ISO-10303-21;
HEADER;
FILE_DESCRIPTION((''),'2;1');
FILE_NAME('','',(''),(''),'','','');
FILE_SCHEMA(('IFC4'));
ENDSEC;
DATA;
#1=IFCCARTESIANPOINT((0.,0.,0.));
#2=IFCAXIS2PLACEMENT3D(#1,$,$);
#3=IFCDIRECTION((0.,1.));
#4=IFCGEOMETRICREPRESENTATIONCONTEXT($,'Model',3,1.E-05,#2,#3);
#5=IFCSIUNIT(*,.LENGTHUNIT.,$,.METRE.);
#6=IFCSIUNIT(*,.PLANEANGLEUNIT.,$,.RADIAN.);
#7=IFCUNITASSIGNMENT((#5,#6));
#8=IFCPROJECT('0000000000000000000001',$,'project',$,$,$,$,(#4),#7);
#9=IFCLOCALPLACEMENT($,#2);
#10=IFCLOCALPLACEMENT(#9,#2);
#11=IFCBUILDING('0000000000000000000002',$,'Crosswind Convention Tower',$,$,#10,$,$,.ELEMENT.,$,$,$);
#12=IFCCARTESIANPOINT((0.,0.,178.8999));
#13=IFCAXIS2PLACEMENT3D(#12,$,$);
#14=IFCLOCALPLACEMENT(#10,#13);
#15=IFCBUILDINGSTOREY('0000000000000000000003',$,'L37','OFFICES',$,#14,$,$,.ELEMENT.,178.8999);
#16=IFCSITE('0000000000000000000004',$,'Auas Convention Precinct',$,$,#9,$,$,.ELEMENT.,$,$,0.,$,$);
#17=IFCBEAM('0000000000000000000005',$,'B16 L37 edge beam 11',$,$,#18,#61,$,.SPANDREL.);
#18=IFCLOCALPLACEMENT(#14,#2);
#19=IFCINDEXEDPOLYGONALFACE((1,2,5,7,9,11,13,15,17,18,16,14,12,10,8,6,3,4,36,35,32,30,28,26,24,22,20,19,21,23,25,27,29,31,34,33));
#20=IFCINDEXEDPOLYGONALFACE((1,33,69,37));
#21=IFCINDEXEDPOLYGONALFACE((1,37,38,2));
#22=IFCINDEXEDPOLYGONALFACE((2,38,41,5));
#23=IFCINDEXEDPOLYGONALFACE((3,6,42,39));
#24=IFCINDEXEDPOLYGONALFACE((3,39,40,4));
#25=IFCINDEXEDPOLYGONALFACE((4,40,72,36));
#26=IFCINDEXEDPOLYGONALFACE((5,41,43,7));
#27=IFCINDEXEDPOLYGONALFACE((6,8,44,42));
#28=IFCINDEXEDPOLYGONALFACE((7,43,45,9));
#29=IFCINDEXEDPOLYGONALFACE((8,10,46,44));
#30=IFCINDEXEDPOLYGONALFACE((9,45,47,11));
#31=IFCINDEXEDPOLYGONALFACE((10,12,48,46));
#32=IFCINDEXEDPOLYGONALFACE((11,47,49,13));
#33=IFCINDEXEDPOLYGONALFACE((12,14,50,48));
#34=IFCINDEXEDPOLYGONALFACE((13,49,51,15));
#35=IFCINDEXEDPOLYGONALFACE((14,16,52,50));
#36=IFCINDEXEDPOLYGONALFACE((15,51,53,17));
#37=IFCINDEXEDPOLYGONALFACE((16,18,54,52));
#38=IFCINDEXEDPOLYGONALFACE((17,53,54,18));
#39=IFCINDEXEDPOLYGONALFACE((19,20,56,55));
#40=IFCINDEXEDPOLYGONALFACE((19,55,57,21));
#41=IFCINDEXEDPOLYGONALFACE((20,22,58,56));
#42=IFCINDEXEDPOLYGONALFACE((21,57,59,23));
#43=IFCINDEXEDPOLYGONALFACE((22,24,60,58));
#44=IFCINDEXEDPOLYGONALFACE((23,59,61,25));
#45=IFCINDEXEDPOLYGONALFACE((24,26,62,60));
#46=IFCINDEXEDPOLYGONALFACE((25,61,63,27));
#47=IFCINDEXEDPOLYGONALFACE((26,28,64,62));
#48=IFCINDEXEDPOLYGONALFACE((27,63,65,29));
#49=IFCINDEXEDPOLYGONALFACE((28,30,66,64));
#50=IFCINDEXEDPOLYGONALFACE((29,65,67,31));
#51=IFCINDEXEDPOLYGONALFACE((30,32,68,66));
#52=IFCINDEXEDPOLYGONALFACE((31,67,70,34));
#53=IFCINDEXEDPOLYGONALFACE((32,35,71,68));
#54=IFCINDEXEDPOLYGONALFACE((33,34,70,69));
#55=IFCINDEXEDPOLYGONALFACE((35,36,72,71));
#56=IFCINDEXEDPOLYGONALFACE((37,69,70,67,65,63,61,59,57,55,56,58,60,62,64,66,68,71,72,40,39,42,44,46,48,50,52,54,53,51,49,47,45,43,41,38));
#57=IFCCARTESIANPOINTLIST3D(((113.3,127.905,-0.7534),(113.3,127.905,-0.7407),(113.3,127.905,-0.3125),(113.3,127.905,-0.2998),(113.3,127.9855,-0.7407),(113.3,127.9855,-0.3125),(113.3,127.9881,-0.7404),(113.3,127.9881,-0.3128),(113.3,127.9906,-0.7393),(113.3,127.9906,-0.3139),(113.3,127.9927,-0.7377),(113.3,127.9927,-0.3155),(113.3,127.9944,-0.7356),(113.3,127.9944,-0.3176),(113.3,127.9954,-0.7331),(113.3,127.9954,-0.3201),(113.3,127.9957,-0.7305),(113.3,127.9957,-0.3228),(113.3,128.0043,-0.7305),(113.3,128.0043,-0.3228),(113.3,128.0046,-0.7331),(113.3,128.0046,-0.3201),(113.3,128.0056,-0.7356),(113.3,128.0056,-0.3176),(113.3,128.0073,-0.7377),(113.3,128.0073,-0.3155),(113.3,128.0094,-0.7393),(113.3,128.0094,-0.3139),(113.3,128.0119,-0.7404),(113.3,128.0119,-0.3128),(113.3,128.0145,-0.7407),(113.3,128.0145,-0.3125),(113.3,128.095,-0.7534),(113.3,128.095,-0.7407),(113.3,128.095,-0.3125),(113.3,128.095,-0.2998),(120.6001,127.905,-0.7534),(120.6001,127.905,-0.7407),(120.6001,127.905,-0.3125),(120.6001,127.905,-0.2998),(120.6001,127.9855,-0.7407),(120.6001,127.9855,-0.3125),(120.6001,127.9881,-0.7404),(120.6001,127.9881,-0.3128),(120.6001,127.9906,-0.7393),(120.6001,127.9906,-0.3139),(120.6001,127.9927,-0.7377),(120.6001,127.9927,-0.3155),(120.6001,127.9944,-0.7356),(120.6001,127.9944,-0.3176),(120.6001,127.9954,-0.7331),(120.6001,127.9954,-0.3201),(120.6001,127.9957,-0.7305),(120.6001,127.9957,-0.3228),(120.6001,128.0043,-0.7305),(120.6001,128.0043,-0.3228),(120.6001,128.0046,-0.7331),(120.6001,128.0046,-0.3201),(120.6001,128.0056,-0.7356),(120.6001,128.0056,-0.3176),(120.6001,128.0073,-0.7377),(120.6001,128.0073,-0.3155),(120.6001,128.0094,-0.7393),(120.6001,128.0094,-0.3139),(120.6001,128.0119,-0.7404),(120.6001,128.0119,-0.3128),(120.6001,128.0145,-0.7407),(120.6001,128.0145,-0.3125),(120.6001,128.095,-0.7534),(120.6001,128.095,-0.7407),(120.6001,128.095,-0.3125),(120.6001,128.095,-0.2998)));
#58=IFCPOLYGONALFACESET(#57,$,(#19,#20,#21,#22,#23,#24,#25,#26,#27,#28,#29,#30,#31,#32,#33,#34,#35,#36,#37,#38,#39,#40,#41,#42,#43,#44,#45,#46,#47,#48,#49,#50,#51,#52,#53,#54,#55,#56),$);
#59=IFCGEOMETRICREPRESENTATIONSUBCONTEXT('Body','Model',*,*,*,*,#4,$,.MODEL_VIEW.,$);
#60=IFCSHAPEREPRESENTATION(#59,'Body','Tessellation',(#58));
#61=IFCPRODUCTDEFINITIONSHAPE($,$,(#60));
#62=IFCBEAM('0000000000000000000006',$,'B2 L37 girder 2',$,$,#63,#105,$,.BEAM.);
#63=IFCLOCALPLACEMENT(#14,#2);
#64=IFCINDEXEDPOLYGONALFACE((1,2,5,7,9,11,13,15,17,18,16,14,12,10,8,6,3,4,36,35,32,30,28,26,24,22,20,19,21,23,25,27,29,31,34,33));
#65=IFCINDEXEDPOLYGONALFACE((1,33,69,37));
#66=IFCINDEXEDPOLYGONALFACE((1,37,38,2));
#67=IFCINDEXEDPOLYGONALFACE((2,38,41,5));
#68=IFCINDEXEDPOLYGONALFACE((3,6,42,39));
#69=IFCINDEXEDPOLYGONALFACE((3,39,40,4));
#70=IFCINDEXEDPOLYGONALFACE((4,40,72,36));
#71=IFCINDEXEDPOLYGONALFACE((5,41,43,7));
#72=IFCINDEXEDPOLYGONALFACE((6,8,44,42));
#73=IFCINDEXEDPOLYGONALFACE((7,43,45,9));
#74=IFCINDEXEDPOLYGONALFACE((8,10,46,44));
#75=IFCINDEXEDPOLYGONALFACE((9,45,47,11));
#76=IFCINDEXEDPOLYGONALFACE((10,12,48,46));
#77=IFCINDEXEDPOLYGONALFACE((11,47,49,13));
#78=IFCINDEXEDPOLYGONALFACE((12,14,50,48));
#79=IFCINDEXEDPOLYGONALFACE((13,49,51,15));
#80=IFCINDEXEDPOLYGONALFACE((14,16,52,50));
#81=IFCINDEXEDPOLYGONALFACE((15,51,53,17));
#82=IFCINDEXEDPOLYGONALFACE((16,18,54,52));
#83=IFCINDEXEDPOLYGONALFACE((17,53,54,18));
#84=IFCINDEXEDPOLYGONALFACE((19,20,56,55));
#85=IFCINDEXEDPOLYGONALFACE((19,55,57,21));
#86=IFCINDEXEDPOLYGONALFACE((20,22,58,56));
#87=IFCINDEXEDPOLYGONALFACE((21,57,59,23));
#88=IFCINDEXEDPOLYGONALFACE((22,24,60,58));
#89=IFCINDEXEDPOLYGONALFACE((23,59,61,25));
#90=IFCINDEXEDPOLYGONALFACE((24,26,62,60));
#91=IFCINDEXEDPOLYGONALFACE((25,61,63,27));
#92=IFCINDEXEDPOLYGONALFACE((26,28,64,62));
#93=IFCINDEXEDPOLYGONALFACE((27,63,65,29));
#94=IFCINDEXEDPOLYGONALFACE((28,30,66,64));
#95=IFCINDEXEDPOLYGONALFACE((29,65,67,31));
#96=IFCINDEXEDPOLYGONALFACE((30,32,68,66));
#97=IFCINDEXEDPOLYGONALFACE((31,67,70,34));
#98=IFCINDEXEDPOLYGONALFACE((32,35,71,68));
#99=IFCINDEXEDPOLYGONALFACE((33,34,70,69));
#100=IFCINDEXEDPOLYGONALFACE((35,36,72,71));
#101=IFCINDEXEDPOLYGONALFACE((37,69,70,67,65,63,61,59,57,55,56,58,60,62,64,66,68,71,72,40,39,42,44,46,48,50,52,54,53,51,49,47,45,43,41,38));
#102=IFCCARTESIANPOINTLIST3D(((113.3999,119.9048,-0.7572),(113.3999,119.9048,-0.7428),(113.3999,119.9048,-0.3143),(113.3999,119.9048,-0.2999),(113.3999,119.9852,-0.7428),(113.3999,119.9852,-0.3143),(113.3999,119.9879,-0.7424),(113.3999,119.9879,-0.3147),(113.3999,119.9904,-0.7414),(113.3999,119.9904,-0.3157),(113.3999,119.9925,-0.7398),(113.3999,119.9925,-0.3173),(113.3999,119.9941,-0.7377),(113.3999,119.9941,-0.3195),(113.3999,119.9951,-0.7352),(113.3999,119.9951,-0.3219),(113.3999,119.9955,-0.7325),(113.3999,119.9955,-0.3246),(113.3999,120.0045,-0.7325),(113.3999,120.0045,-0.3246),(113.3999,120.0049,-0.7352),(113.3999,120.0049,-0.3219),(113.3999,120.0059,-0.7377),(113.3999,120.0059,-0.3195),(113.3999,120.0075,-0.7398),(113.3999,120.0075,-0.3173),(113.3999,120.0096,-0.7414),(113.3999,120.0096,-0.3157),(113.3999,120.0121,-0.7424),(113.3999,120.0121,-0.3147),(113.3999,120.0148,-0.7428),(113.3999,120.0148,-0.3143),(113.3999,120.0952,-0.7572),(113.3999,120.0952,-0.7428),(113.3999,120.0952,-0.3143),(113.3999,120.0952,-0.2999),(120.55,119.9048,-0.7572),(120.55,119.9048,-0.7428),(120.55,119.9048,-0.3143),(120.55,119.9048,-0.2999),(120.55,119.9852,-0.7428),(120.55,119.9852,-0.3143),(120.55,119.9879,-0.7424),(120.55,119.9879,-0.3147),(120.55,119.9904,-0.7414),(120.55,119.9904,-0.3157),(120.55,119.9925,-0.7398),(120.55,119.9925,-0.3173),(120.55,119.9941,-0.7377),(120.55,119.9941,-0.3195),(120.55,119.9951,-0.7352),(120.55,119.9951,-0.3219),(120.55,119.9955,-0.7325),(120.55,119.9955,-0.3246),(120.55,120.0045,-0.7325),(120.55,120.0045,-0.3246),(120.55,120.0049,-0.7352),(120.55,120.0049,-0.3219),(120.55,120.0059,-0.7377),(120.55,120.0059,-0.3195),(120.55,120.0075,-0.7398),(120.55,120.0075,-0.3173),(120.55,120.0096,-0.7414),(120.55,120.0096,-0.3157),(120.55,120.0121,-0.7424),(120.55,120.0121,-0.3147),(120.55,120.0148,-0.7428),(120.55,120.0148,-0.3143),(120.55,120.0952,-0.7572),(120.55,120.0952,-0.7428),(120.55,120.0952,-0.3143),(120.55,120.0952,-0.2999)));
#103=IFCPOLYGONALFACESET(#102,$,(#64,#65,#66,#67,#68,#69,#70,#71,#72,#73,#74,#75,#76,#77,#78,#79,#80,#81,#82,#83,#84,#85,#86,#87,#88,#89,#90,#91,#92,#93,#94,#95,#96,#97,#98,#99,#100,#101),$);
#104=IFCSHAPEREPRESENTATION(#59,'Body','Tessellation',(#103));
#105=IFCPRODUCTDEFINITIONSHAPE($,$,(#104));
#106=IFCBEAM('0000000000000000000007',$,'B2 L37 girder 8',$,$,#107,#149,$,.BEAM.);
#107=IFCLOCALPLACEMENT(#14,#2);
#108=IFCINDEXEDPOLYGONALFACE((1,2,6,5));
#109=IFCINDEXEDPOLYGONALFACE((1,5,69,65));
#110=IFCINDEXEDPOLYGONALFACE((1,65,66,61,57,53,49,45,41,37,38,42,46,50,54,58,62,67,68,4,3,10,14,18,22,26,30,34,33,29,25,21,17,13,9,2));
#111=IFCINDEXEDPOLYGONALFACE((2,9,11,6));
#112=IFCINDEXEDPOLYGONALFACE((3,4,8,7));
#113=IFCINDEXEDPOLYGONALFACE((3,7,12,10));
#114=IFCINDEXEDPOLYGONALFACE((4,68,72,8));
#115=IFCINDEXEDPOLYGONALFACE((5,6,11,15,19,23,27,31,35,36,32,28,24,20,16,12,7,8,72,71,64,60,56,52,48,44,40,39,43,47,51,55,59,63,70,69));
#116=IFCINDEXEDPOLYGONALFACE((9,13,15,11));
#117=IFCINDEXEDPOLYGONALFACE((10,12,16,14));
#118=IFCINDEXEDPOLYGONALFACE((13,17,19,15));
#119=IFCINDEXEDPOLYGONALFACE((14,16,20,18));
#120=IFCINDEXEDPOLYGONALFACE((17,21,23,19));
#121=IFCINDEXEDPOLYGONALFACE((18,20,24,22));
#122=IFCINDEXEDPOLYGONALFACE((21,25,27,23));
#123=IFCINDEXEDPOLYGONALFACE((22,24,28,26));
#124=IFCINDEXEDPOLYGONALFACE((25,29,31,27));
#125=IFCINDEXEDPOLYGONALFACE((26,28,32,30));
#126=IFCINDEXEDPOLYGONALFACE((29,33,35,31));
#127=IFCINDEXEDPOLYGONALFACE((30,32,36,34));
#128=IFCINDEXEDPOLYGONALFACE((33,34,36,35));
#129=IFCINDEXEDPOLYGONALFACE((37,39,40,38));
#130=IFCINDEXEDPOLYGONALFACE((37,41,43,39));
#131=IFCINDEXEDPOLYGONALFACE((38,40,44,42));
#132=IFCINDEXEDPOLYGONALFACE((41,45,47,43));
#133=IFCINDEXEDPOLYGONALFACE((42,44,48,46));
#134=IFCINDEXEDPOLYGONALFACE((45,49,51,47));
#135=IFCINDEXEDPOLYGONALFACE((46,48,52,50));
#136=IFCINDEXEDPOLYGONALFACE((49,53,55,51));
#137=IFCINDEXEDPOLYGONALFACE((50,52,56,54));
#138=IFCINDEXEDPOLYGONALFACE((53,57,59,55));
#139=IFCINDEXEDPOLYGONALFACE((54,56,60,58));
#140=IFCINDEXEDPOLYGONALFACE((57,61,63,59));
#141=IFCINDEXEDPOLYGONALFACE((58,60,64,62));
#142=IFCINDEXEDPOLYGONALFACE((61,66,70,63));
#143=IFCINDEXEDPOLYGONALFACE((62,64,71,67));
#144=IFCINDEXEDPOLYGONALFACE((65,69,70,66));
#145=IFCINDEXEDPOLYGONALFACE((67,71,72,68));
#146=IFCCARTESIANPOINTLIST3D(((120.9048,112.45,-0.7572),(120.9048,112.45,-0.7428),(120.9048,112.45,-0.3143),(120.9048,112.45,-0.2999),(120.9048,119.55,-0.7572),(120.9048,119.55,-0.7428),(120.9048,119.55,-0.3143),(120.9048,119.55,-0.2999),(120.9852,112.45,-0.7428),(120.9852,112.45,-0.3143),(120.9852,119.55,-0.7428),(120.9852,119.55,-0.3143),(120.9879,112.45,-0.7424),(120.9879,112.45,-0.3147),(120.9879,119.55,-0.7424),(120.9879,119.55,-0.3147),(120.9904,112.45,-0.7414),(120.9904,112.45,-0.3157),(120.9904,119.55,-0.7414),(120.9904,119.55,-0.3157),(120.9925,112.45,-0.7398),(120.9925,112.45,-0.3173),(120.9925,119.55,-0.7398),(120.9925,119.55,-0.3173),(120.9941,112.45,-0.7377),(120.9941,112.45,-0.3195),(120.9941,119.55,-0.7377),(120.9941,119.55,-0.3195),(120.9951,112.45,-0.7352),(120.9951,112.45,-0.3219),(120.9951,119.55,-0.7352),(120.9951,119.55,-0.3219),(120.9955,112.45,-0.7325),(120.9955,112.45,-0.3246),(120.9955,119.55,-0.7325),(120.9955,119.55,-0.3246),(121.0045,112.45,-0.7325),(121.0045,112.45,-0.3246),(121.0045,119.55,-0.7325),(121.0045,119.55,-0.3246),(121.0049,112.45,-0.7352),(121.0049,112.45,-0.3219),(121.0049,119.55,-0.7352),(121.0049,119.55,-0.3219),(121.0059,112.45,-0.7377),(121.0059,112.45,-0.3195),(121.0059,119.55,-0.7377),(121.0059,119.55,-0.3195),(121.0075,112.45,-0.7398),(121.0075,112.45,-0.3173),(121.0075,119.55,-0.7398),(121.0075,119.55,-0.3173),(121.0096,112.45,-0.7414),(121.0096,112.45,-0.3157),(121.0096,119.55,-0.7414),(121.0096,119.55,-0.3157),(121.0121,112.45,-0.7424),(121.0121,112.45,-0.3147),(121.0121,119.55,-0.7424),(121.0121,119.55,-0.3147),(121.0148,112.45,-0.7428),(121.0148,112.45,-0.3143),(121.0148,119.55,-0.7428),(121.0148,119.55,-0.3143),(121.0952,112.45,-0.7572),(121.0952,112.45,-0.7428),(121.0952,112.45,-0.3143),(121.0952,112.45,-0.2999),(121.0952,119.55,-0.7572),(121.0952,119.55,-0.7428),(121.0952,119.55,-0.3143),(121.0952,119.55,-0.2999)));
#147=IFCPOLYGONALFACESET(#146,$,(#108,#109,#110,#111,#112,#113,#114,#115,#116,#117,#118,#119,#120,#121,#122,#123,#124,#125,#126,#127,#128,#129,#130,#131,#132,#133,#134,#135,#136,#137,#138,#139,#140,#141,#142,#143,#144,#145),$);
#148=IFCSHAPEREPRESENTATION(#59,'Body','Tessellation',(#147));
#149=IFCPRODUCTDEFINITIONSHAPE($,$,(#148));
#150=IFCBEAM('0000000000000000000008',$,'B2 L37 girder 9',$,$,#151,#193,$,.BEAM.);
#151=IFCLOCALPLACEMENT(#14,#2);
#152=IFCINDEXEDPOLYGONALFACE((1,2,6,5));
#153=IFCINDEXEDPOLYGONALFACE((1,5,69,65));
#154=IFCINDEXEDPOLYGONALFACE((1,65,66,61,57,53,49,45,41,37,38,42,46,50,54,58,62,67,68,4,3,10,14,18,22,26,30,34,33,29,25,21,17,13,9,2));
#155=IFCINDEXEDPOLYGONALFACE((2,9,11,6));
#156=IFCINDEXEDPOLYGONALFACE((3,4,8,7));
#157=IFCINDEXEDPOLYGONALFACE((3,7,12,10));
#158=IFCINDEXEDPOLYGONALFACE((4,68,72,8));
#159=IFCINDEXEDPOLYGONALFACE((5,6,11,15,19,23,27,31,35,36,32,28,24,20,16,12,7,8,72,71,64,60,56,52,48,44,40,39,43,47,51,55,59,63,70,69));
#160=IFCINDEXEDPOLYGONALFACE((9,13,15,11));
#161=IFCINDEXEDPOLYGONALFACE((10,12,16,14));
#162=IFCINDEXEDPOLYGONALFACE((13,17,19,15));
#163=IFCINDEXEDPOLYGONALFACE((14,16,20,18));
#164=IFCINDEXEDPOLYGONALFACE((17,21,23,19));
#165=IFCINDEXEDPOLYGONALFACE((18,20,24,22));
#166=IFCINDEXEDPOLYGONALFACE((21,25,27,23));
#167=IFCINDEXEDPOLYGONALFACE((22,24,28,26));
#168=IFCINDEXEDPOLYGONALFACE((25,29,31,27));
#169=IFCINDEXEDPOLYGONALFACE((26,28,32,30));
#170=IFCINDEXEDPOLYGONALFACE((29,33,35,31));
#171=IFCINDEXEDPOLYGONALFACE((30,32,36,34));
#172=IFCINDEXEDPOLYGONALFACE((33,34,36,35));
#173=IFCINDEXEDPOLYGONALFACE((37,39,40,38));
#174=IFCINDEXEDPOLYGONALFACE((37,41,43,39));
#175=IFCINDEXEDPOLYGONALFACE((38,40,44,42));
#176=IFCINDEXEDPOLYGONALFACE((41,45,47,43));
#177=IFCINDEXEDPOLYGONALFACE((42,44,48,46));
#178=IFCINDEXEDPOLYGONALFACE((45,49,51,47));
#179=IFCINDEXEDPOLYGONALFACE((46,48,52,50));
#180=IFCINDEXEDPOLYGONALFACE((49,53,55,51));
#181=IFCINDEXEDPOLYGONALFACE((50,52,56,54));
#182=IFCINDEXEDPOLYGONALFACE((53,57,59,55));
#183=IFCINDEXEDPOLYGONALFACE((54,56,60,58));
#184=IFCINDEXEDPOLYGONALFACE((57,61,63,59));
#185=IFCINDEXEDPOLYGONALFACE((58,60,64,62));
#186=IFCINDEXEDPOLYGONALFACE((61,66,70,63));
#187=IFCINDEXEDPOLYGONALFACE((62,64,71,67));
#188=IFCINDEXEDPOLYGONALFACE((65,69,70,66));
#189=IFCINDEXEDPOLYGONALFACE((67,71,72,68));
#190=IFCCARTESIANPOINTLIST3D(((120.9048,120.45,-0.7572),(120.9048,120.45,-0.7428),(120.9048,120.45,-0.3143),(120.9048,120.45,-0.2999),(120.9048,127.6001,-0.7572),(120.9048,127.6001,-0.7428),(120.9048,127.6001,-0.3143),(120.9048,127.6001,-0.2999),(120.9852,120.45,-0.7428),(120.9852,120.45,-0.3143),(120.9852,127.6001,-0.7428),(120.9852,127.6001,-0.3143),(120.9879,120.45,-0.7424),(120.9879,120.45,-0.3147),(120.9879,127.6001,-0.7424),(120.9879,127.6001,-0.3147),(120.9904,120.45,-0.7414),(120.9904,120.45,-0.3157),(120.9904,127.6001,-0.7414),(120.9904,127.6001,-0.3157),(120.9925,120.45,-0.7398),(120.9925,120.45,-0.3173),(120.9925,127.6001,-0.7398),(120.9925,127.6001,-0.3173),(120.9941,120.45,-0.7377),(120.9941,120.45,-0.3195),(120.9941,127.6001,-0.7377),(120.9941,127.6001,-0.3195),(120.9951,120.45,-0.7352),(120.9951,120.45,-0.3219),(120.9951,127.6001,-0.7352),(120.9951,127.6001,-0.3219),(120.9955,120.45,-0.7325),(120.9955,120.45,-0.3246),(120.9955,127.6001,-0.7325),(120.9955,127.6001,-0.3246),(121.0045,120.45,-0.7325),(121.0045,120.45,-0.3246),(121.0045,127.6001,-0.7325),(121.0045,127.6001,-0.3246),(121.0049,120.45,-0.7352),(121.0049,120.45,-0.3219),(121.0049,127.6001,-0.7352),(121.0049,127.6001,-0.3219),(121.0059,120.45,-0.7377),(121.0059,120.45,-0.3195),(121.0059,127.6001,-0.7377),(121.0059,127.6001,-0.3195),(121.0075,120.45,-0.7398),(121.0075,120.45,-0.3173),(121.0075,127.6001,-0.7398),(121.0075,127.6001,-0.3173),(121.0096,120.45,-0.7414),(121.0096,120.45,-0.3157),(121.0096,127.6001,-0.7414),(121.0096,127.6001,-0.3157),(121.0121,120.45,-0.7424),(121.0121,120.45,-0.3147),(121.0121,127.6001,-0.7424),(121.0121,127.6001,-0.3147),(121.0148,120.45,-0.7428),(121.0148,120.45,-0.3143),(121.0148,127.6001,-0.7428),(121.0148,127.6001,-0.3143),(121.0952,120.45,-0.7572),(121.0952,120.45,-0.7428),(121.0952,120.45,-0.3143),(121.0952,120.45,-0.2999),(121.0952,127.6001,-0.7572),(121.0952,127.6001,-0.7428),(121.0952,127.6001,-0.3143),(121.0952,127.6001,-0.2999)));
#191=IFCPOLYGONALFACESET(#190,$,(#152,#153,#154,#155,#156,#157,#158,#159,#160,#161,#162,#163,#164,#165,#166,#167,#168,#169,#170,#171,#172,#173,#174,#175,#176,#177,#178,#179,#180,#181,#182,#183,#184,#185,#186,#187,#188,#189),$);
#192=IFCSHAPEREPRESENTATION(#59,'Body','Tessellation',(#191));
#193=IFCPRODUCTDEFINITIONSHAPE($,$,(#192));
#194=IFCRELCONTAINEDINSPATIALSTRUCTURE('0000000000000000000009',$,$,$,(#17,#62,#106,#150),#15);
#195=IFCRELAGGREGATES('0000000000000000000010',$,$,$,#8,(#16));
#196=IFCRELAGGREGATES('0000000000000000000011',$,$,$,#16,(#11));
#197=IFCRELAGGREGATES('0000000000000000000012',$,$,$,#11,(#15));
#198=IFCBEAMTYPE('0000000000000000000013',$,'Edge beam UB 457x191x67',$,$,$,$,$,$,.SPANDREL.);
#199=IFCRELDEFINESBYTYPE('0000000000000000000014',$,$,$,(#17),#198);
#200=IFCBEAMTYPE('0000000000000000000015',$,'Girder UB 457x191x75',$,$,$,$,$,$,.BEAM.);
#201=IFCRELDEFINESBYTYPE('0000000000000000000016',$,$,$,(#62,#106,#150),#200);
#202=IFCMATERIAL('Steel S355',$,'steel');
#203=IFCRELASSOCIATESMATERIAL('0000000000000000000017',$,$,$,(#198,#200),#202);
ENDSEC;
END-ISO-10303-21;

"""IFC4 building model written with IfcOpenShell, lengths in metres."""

from ifc_helpers import new_model, si_unit, direction, frame, origin, origin_2d, place, context, subcontext, project, spatial, i_section, extrude, material, material_profile, profile_set, type_object, element, save


model = new_model("IFC4")

# Units and contexts
model_context = context("Model", 3, precision=1e-05, world=origin(), true_north=direction((0.0, 1.0)))
body_context = subcontext(model_context, "Body", "Model", "MODEL_VIEW")
ifc_project = project(units=[si_unit("LENGTHUNIT", "METRE"), si_unit("PLANEANGLEUNIT", "RADIAN")], contexts=[model_context])

# Site, building, storey
site_placement = place(None, origin())
site = spatial("IfcSite", under=ifc_project, at=site_placement, Name="Auas Convention Precinct", CompositionType="ELEMENT", RefElevation=0.0)
building_placement = place(site_placement, origin())
building = spatial("IfcBuilding", under=site, at=building_placement, Name="Crosswind Convention Tower", CompositionType="ELEMENT")
storey_placement = place(building_placement, frame((0.0, 0.0, 178.8999)))
storey = spatial("IfcBuildingStorey", under=building, at=storey_placement, Name="L37", Description="OFFICES", CompositionType="ELEMENT", Elevation=178.8999)

# Beams
ifc_material_1 = material(Name="Steel S355", Category="steel")
ifc_material_profile_1 = material_profile(ifc_material_1, i_section(OverallWidth=0.1899, OverallDepth=0.4536, WebThickness=0.0085, FlangeThickness=0.0127, FilletRadius=0.0103, at=origin_2d()), Name="UB 457x191x67")
ifc_profile_set_1 = profile_set([ifc_material_profile_1], Name="Steel S355")
beam_type_1 = type_object("IfcBeamType", Name="Edge beam UB 457x191x67", PredefinedType="SPANDREL", material=ifc_profile_set_1)
for number, where, z_axis, x_axis, name in (
    (1, (113.3, 128.0, -0.5266), (1.0, 0.0, 0.0), (0.0, 1.0, 0.0), "B16 L37 edge beam 11"),
):
    element("IfcBeam", number, at=place(storey_placement, frame(where, z_axis=z_axis, x_axis=x_axis)), inside=storey, type_object=beam_type_1, Name=name, PredefinedType="SPANDREL", context=body_context, shape_type="SweptSolid", body=[
        extrude(i_section(OverallWidth=0.1899, OverallDepth=0.4536, WebThickness=0.0085, FlangeThickness=0.0127, FilletRadius=0.0103, at=origin_2d()), origin(), (0.0, 0.0, 1.0), 7.3),
    ])
ifc_material_profile_2 = material_profile(ifc_material_1, i_section(OverallWidth=0.1904, OverallDepth=0.4573, WebThickness=0.009, FlangeThickness=0.0144, FilletRadius=0.0103, at=origin_2d()), Name="UB 457x191x75")
ifc_profile_set_2 = profile_set([ifc_material_profile_2], Name="Steel S355")
beam_type_2 = type_object("IfcBeamType", Name="Girder UB 457x191x75", PredefinedType="BEAM", material=ifc_profile_set_2)
beam_1_placement = place(storey_placement, frame((113.3999, 120.0, -0.5286), z_axis=(1.0, 0.0, 0.0), x_axis=(0.0, 1.0, 0.0)))
element("IfcBeam", 2, at=beam_1_placement, inside=storey, type_object=beam_type_2, Name="B2 L37 girder 2", PredefinedType="BEAM", context=body_context, shape_type="SweptSolid", body=[
    extrude(i_section(OverallWidth=0.1904, OverallDepth=0.4573, WebThickness=0.009, FlangeThickness=0.0144, FilletRadius=0.0103, at=origin_2d()), origin(), (0.0, 0.0, 1.0), 7.1501),
])
beam_2_placement = place(storey_placement, frame((121.0, 112.45, -0.5286), z_axis=(0.0, 1.0, 0.0), x_axis=(-1.0, 0.0, 0.0)))
element("IfcBeam", 3, at=beam_2_placement, inside=storey, type_object=beam_type_2, Name="B2 L37 girder 8", PredefinedType="BEAM", context=body_context, shape_type="SweptSolid", body=[
    extrude(i_section(OverallWidth=0.1904, OverallDepth=0.4573, WebThickness=0.009, FlangeThickness=0.0144, FilletRadius=0.0103, at=origin_2d()), origin(), (0.0, 0.0, 1.0), 7.1001),
])
beam_3_placement = place(storey_placement, frame((121.0, 120.45, -0.5286), z_axis=(0.0, 1.0, 0.0), x_axis=(-1.0, 0.0, 0.0)))
element("IfcBeam", 4, at=beam_3_placement, inside=storey, type_object=beam_type_2, Name="B2 L37 girder 9", PredefinedType="BEAM", context=body_context, shape_type="SweptSolid", body=[
    extrude(i_section(OverallWidth=0.1904, OverallDepth=0.4573, WebThickness=0.009, FlangeThickness=0.0144, FilletRadius=0.0103, at=origin_2d()), origin(), (0.0, 0.0, 1.0), 7.1501),
])

save(model, "model.ifc")
